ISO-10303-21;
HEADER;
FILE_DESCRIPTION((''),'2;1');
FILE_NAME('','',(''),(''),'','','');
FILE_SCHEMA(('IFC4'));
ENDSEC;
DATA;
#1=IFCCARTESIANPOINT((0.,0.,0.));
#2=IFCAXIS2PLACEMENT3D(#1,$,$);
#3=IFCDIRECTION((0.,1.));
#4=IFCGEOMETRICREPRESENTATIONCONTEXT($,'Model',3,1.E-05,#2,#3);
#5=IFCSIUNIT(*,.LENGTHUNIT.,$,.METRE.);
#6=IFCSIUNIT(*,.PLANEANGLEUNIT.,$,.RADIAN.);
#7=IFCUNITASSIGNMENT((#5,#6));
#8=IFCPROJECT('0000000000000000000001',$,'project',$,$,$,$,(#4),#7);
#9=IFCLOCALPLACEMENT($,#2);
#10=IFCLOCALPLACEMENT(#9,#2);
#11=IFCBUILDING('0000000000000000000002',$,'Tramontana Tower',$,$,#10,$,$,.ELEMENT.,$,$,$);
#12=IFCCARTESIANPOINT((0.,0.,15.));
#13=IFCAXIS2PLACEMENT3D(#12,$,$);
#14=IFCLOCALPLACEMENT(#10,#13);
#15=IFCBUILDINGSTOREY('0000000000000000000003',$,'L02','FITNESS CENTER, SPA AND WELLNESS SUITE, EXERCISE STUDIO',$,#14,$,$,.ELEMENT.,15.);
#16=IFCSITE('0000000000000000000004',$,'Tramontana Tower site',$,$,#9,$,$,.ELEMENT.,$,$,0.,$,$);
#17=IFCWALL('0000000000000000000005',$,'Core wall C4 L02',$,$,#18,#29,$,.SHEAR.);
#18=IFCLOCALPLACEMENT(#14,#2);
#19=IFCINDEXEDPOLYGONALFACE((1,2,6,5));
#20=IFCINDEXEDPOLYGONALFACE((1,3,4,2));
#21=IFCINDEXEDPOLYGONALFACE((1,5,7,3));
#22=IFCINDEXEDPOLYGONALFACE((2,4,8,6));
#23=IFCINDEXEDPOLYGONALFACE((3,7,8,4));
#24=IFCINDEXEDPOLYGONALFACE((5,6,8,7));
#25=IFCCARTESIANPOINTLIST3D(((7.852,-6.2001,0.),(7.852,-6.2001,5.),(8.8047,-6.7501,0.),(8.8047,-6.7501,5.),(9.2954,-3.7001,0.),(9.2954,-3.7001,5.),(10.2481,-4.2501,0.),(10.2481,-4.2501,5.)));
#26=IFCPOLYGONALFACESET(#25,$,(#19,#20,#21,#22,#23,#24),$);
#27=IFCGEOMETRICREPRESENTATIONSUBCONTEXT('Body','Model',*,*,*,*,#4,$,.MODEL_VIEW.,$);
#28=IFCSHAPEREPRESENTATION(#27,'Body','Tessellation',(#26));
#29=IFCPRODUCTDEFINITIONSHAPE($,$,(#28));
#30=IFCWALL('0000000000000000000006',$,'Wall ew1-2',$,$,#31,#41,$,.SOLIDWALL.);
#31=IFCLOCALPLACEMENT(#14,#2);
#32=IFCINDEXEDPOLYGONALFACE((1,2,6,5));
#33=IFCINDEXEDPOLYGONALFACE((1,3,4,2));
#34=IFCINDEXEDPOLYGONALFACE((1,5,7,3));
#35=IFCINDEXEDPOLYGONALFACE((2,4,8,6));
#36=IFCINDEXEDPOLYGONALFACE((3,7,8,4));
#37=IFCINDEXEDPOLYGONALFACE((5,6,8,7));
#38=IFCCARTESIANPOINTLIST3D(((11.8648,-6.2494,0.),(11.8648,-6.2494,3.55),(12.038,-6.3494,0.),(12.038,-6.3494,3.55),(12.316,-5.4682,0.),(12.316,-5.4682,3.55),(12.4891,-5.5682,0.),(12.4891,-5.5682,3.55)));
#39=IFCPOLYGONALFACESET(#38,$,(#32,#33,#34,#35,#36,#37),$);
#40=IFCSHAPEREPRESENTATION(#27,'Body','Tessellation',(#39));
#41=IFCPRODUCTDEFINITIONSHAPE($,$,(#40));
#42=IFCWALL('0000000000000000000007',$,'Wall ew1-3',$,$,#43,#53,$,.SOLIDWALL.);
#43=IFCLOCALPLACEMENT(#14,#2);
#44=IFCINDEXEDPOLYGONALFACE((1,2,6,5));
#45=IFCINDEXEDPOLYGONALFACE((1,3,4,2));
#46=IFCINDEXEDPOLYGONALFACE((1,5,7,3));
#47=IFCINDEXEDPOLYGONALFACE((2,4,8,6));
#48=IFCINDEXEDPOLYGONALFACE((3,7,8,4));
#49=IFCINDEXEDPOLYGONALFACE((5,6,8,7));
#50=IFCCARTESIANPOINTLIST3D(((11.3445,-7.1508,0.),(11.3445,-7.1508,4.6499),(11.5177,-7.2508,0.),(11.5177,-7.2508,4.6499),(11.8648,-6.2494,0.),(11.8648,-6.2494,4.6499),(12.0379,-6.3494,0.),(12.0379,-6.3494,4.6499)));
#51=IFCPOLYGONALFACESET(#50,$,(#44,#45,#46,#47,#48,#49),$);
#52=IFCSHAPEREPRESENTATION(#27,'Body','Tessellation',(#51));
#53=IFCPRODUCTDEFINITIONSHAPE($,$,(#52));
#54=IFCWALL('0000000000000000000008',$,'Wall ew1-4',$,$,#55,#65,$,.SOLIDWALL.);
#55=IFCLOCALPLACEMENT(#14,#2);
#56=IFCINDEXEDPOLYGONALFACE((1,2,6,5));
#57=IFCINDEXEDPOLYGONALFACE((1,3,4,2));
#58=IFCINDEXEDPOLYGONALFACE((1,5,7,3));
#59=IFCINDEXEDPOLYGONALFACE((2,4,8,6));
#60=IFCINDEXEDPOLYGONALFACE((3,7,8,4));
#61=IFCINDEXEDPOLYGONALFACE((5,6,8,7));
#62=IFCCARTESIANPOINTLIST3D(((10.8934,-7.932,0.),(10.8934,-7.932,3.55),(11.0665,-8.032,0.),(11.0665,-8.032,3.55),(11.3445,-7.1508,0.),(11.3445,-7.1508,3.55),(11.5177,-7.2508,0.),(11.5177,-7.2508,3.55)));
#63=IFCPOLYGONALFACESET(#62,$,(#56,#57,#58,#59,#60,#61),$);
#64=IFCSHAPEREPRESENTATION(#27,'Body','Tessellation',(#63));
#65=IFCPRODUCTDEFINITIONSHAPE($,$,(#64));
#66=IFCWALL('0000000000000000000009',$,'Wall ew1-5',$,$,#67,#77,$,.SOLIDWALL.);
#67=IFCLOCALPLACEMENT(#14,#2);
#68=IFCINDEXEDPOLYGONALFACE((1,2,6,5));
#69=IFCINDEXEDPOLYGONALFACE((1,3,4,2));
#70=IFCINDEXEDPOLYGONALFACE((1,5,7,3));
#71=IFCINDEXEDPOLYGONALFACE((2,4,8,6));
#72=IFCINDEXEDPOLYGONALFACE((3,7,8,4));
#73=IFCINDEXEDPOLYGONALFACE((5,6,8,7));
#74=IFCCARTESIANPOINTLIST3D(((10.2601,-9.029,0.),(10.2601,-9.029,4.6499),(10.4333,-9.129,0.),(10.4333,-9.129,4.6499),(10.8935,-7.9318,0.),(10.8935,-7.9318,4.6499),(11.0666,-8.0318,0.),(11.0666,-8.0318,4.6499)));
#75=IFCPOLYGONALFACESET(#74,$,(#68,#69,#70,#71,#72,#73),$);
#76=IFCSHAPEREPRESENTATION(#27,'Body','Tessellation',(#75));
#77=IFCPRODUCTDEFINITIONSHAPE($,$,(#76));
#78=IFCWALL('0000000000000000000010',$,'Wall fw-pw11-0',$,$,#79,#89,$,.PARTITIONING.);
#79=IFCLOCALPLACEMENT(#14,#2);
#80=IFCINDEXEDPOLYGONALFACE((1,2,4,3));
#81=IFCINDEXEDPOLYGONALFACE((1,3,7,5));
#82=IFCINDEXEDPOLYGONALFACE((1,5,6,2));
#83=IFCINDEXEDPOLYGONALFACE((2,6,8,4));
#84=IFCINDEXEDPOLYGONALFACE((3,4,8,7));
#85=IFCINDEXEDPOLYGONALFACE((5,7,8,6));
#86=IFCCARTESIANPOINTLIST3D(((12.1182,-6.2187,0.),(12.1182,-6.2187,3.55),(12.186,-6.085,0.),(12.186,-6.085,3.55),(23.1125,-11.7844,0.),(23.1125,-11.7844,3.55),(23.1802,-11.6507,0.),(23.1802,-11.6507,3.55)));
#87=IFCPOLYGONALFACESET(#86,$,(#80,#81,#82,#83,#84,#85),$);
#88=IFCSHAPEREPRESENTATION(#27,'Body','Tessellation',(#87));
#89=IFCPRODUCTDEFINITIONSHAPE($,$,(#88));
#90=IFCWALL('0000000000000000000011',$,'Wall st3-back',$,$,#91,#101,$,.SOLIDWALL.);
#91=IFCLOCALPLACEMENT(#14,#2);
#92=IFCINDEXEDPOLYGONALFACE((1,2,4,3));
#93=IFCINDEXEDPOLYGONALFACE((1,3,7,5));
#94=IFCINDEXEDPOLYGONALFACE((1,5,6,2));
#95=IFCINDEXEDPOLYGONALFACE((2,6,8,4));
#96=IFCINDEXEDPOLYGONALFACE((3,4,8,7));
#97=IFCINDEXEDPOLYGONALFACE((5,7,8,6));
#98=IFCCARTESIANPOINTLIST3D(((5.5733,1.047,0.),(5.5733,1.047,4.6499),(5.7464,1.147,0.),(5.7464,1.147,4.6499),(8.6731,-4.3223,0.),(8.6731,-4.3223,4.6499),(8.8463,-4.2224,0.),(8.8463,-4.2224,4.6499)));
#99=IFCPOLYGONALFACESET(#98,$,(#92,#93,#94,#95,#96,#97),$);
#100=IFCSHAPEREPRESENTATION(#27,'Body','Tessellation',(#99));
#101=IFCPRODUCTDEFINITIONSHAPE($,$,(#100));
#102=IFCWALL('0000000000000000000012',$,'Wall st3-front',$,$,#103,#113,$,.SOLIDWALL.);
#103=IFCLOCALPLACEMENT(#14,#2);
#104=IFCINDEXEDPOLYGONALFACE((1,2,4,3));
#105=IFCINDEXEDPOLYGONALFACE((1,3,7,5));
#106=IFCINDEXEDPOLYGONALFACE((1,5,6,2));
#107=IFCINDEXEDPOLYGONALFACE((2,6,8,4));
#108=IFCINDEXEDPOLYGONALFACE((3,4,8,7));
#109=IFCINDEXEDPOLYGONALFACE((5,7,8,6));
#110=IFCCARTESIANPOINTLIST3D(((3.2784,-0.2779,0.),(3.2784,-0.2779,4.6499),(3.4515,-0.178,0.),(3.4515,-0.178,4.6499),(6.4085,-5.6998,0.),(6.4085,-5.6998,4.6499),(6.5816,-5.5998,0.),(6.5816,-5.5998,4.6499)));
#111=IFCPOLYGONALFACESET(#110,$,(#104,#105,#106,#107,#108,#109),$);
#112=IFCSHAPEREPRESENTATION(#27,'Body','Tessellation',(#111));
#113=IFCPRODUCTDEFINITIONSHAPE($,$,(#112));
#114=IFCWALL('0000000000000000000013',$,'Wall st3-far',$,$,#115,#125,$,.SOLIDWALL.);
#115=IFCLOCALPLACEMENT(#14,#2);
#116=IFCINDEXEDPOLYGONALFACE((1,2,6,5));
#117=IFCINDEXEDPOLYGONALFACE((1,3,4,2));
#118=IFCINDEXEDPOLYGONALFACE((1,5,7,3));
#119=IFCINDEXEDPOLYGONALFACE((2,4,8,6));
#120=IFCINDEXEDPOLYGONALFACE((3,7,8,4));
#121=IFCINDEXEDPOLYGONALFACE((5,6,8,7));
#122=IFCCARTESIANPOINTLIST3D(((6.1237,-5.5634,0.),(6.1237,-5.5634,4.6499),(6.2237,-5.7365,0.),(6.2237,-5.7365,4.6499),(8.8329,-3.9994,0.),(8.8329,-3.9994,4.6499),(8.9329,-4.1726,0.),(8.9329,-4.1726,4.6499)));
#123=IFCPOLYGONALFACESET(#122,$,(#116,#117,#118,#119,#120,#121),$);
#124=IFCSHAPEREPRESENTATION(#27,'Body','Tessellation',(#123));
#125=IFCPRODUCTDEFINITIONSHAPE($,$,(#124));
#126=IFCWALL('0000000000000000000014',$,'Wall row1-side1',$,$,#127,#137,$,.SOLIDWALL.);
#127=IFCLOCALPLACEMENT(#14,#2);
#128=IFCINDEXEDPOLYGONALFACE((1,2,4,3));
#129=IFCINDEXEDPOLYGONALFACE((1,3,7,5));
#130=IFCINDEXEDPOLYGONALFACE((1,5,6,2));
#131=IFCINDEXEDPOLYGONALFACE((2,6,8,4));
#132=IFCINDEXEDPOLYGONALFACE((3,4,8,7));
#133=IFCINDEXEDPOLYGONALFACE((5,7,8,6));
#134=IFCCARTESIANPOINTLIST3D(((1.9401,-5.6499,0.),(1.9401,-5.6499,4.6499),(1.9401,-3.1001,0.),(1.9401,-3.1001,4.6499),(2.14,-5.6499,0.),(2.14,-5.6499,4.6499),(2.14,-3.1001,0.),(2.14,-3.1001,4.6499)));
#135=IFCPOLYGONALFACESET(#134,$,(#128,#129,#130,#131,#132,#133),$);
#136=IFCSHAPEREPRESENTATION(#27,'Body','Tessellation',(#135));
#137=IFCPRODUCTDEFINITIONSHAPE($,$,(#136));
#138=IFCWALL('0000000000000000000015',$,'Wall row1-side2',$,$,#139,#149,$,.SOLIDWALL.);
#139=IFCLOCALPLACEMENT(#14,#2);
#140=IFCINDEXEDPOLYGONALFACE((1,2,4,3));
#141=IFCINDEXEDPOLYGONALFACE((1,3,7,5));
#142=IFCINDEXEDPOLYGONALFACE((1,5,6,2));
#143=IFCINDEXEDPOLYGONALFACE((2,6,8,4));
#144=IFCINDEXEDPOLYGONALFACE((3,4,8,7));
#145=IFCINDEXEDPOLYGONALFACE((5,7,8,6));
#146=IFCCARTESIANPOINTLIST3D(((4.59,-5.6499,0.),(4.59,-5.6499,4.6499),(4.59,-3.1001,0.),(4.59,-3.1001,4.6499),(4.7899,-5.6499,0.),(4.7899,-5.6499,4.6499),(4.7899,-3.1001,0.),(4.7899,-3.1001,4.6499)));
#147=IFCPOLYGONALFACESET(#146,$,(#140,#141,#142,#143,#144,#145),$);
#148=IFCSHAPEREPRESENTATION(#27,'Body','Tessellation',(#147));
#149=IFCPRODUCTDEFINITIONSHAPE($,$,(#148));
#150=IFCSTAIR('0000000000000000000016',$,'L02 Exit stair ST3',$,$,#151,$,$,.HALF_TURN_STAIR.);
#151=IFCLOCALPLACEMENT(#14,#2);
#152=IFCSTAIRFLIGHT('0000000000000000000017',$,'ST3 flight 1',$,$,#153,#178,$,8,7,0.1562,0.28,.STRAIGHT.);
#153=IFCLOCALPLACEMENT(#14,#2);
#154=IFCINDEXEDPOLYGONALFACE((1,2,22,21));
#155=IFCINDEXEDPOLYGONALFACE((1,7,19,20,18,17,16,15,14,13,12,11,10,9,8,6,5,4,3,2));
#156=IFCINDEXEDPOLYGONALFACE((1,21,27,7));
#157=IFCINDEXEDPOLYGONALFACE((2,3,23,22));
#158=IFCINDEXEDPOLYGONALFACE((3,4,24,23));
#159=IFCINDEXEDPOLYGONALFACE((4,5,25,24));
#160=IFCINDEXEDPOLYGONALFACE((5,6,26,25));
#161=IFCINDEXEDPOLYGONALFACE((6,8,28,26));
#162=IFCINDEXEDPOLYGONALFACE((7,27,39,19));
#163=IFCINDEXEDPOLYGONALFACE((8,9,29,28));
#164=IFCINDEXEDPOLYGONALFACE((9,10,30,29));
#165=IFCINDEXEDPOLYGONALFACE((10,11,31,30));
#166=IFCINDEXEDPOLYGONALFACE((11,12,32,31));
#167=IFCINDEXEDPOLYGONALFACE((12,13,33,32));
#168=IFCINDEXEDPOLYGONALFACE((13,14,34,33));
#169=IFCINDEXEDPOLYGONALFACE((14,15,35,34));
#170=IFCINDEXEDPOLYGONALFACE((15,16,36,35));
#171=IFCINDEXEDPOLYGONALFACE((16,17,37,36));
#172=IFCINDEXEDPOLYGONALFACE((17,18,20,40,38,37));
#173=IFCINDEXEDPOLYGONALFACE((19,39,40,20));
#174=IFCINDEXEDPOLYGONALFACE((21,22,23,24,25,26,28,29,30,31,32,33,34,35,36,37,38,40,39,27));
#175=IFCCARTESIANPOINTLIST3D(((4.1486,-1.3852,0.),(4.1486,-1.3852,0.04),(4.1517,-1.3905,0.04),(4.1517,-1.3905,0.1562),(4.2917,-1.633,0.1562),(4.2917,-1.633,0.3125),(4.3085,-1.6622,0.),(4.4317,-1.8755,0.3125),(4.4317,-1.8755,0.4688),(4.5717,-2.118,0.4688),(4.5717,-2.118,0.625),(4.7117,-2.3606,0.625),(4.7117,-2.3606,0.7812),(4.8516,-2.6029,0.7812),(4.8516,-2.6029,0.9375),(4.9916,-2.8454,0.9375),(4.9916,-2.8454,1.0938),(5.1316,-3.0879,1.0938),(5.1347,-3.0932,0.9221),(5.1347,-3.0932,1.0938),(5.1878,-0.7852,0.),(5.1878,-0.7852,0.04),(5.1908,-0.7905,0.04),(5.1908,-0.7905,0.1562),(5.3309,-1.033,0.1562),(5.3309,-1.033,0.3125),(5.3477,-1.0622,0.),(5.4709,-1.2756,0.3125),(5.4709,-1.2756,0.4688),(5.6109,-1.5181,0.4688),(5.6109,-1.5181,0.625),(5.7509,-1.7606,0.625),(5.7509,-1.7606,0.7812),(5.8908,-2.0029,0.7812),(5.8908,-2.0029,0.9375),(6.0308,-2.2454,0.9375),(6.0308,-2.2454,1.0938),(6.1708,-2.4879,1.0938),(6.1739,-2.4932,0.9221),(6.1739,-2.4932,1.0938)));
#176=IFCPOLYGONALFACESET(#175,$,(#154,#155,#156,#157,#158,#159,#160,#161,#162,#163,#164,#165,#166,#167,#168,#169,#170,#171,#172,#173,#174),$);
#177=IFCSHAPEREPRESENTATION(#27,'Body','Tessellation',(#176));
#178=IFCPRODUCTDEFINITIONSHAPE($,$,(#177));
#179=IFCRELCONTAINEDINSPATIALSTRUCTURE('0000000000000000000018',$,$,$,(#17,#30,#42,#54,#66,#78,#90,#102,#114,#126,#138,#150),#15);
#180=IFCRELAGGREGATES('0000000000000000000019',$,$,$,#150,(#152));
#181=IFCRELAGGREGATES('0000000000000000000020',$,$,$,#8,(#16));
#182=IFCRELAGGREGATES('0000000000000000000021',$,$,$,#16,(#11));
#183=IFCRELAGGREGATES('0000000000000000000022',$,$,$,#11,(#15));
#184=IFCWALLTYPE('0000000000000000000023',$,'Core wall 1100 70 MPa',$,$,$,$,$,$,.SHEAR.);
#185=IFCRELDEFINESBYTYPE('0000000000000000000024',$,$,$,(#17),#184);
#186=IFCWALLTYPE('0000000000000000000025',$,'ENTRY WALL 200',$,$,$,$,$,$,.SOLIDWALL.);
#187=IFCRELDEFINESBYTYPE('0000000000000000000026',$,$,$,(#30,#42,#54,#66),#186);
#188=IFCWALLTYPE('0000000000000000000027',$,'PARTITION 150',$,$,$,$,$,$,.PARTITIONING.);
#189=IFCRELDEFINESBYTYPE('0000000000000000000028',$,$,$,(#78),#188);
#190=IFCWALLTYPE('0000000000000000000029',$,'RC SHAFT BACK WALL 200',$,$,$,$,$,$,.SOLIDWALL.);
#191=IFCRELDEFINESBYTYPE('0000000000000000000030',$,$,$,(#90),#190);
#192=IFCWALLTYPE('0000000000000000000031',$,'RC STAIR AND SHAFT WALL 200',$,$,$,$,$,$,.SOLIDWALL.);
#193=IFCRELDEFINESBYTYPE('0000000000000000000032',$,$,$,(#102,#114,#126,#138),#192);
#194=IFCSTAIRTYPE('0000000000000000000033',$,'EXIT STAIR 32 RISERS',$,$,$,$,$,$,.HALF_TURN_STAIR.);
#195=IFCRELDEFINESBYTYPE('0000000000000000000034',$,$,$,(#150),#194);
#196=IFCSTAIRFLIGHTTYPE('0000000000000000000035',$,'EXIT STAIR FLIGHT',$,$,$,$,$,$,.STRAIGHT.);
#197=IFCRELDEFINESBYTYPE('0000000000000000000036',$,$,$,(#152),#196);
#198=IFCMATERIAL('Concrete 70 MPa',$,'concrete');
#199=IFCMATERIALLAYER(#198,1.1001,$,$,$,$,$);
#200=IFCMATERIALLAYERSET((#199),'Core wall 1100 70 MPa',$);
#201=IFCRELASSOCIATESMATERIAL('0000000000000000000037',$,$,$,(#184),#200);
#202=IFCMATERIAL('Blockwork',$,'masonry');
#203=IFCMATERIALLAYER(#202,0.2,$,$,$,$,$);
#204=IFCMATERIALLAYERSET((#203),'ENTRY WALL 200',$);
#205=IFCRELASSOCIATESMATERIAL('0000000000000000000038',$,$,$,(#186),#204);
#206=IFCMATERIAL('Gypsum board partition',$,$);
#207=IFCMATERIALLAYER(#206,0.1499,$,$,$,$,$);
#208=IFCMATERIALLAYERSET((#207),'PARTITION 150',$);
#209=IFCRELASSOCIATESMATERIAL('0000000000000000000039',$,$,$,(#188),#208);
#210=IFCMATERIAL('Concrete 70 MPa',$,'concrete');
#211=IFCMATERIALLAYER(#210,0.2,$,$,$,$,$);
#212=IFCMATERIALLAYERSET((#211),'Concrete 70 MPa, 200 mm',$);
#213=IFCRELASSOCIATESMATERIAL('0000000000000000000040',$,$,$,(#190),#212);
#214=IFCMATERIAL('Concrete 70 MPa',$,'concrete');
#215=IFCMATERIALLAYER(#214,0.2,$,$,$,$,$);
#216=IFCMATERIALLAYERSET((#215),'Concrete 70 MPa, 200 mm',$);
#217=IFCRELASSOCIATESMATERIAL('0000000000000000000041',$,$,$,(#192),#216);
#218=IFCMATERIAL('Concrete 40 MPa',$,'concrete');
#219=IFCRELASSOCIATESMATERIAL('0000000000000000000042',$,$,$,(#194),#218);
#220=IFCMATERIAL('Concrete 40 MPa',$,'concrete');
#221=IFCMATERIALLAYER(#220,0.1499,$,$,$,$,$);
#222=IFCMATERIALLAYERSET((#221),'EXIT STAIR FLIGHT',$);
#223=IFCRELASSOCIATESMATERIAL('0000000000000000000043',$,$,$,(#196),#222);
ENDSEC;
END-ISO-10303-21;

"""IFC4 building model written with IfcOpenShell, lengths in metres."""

from ifc_helpers import new_model, si_unit, direction, frame, frame_2d, origin, place, context, subcontext, project, spatial, polyline, rectangle, outline, extrude, material, layer, layer_set, type_object, element, aggregate, save


model = new_model("IFC4")

# Units and contexts
model_context = context("Model", 3, precision=1e-05, world=origin(), true_north=direction((0.0, 1.0)))
body_context = subcontext(model_context, "Body", "Model", "MODEL_VIEW")
ifc_project = project(units=[si_unit("LENGTHUNIT", "METRE"), si_unit("PLANEANGLEUNIT", "RADIAN")], contexts=[model_context])

# Site, building, storey
site_placement = place(None, origin())
site = spatial("IfcSite", under=ifc_project, at=site_placement, Name="Tramontana Tower site", CompositionType="ELEMENT", RefElevation=0.0)
building_placement = place(site_placement, origin())
building = spatial("IfcBuilding", under=site, at=building_placement, Name="Tramontana Tower", CompositionType="ELEMENT")
storey_placement = place(building_placement, frame((0.0, 0.0, 15.0)))
storey = spatial("IfcBuildingStorey", under=building, at=storey_placement, Name="L02", Description="FITNESS CENTER, SPA AND WELLNESS SUITE, EXERCISE STUDIO", CompositionType="ELEMENT", Elevation=15.0)

# Wall
ifc_material_1 = material(Name="Concrete 70 MPa", Category="concrete")
ifc_layer_1 = layer(ifc_material_1, 1.1001)
ifc_layer_set_1 = layer_set([ifc_layer_1], Name="Core wall 1100 70 MPa")
wall_type_1 = type_object("IfcWallType", Name="Core wall 1100 70 MPa", PredefinedType="SHEAR", material=ifc_layer_set_1)
wall_1_placement = place(storey_placement, frame((8.3284, -6.4751, 0.0), z_axis=(0.0, 0.0, 1.0), x_axis=(0.499996, 0.866028, 0.0)))
element("IfcWall", 1, at=wall_1_placement, inside=storey, type_object=wall_type_1, Name="Core wall C4 L02", PredefinedType="SHEAR", context=body_context, shape_type="SweptSolid", body=[
    extrude(rectangle(XDim=2.8867, YDim=1.1001, at=frame_2d((1.4434, 0.0))), origin(), (0.0, 0.0, 1.0), 5.0),
])

# Walls
ifc_material_2 = material(Name="Blockwork", Category="masonry")
ifc_layer_2 = layer(ifc_material_2, 0.2)
ifc_layer_set_2 = layer_set([ifc_layer_2], Name="ENTRY WALL 200")
wall_type_2 = type_object("IfcWallType", Name="ENTRY WALL 200", PredefinedType="SOLIDWALL", material=ifc_layer_set_2)
wall_2_placement = place(storey_placement, frame((12.4026, -5.5181, 0.0), z_axis=(0.0, 0.0, 1.0), x_axis=(-0.500097, -0.865969, 0.0)))
element("IfcWall", 2, at=wall_2_placement, inside=storey, type_object=wall_type_2, Name="Wall ew1-2", PredefinedType="SOLIDWALL", context=body_context, shape_type="SweptSolid", body=[
    extrude(rectangle(XDim=0.9021, YDim=0.2, at=frame_2d((0.4512, 0.0))), origin(), (0.0, 0.0, 1.0), 3.55),
])
wall_3_placement = place(storey_placement, frame((11.9514, -6.2993, 0.0), z_axis=(0.0, 0.0, 1.0), x_axis=(-0.499898, -0.866084, 0.0)))
element("IfcWall", 3, at=wall_3_placement, inside=storey, type_object=wall_type_2, Name="Wall ew1-3", PredefinedType="SOLIDWALL", context=body_context, shape_type="SweptSolid", body=[
    extrude(rectangle(XDim=1.0408, YDim=0.2, at=frame_2d((0.5205, 0.0))), origin(), (0.0, 0.0, 1.0), 4.6499),
])
wall_4_placement = place(storey_placement, frame((11.4312, -7.2007, 0.0), z_axis=(0.0, 0.0, 1.0), x_axis=(-0.500097, -0.865969, 0.0)))
element("IfcWall", 4, at=wall_4_placement, inside=storey, type_object=wall_type_2, Name="Wall ew1-4", PredefinedType="SOLIDWALL", context=body_context, shape_type="SweptSolid", body=[
    extrude(rectangle(XDim=0.9021, YDim=0.2, at=frame_2d((0.4512, 0.0))), origin(), (0.0, 0.0, 1.0), 3.55),
])
wall_5_placement = place(storey_placement, frame((10.98, -7.9819, 0.0), z_axis=(0.0, 0.0, 1.0), x_axis=(-0.499912, -0.866076, 0.0)))
element("IfcWall", 5, at=wall_5_placement, inside=storey, type_object=wall_type_2, Name="Wall ew1-5", PredefinedType="SOLIDWALL", context=body_context, shape_type="SweptSolid", body=[
    extrude(rectangle(XDim=1.2668, YDim=0.2, at=frame_2d((0.6333, 0.0))), origin(), (0.0, 0.0, 1.0), 4.6499),
])
ifc_material_3 = material(Name="Gypsum board partition")
ifc_layer_3 = layer(ifc_material_3, 0.1499)
ifc_layer_set_3 = layer_set([ifc_layer_3], Name="PARTITION 150")
wall_type_3 = type_object("IfcWallType", Name="PARTITION 150", PredefinedType="PARTITIONING", material=ifc_layer_set_3)
wall_6_placement = place(storey_placement, frame((12.1521, -6.1519, 0.0), z_axis=(0.0, 0.0, 1.0), x_axis=(0.892189, -0.451662, 0.0)))
element("IfcWall", 6, at=wall_6_placement, inside=storey, type_object=wall_type_3, Name="Wall fw-pw11-0", PredefinedType="PARTITIONING", context=body_context, shape_type="SweptSolid", body=[
    extrude(rectangle(XDim=12.3228, YDim=0.1499, at=frame_2d((6.1614, 0.0))), origin(), (0.0, 0.0, 1.0), 3.55),
])
ifc_material_4 = material(Name="Concrete 70 MPa", Category="concrete")
ifc_layer_4 = layer(ifc_material_4, 0.2)
ifc_layer_set_4 = layer_set([ifc_layer_4], Name="Concrete 70 MPa, 200 mm")
wall_type_4 = type_object("IfcWallType", Name="RC SHAFT BACK WALL 200", PredefinedType="SOLIDWALL", material=ifc_layer_set_4)
wall_7_placement = place(storey_placement, frame((8.7598, -4.2725, 0.0), z_axis=(0.0, 0.0, 1.0), x_axis=(-0.49998, 0.866037, 0.0)))
element("IfcWall", 7, at=wall_7_placement, inside=storey, type_object=wall_type_4, Name="Wall st3-back", PredefinedType="SOLIDWALL", context=body_context, shape_type="SweptSolid", body=[
    extrude(rectangle(XDim=6.2, YDim=0.2, at=frame_2d((3.1001, 0.0))), origin(), (0.0, 0.0, 1.0), 4.6499),
])
ifc_material_5 = material(Name="Concrete 70 MPa", Category="concrete")
ifc_layer_5 = layer(ifc_material_5, 0.2)
ifc_layer_set_5 = layer_set([ifc_layer_5], Name="Concrete 70 MPa, 200 mm")
wall_type_5 = type_object("IfcWallType", Name="RC STAIR AND SHAFT WALL 200", PredefinedType="SOLIDWALL", material=ifc_layer_set_5)
wall_8_placement = place(storey_placement, frame((6.4951, -5.6499, 0.0), z_axis=(0.0, 0.0, 1.0), x_axis=(-0.499977, 0.866039, 0.0)))
element("IfcWall", 8, at=wall_8_placement, inside=storey, type_object=wall_type_5, Name="Wall st3-front", PredefinedType="SOLIDWALL", context=body_context, shape_type="SweptSolid", body=[
    extrude(rectangle(XDim=6.2605, YDim=0.2, at=frame_2d((3.1304, 0.0))), origin(), (0.0, 0.0, 1.0), 4.6499),
])
wall_9_placement = place(storey_placement, frame((6.1738, -5.6499, 0.0), z_axis=(0.0, 0.0, 1.0), x_axis=(0.866054, 0.49995, 0.0)))
element("IfcWall", 9, at=wall_9_placement, inside=storey, type_object=wall_type_5, Name="Wall st3-far", PredefinedType="SOLIDWALL", context=body_context, shape_type="SweptSolid", body=[
    extrude(rectangle(XDim=3.1282, YDim=0.2, at=frame_2d((1.564, 0.0))), origin(), (0.0, 0.0, 1.0), 4.6499),
])
for number, where, z_axis, x_axis, name in (
    (10, (2.04, -3.1001, 0.0), (0.0, 0.0, 1.0), (0.0, -1.0, 0.0), "Wall row1-side1"),
    (11, (4.6899, -3.1001, 0.0), (0.0, 0.0, 1.0), (0.0, -1.0, 0.0), "Wall row1-side2"),
):
    element("IfcWall", number, at=place(storey_placement, frame(where, z_axis=z_axis, x_axis=x_axis)), inside=storey, type_object=wall_type_5, Name=name, PredefinedType="SOLIDWALL", context=body_context, shape_type="SweptSolid", body=[
        extrude(rectangle(XDim=2.5498, YDim=0.2, at=frame_2d((1.2749, 0.0))), origin(), (0.0, 0.0, 1.0), 4.6499),
    ])

# Stair, stair flight
ifc_material_6 = material(Name="Concrete 40 MPa", Category="concrete")
stair_type = type_object("IfcStairType", Name="EXIT STAIR 32 RISERS", PredefinedType="HALF_TURN_STAIR", material=ifc_material_6)
stair_placement = place(storey_placement, origin())
stair = element("IfcStair", 12, at=stair_placement, inside=storey, type_object=stair_type, Name="L02 Exit stair ST3", PredefinedType="HALF_TURN_STAIR")
ifc_material_7 = material(Name="Concrete 40 MPa", Category="concrete")
ifc_layer_6 = layer(ifc_material_7, 0.1499)
ifc_layer_set_6 = layer_set([ifc_layer_6], Name="EXIT STAIR FLIGHT")
stair_flight_type = type_object("IfcStairFlightType", Name="EXIT STAIR FLIGHT", PredefinedType="STRAIGHT", material=ifc_layer_set_6)
stair_flight_1_placement = place(storey_placement, frame((4.6711, -1.0906, 0.0), z_axis=(0.0, 0.0, 1.0), x_axis=(0.5, -0.866025, 0.0)))
stair_flight_1 = element("IfcStairFlight", 13, at=stair_flight_1_placement, type_object=stair_flight_type, Name="ST3 flight 1", NumberOfRisers=8, NumberOfTreads=7, PredefinedType="STRAIGHT", RiserHeight=0.1562, TreadLength=0.28, context=body_context, shape_type="SweptSolid", body=[
    extrude(outline(polyline([(-0.0061, 0.0), (-0.0061, 0.04), (0.0, 0.04), (0.0, 0.1562), (0.28, 0.1562), (0.28, 0.3125), (0.5601, 0.3125), (0.5601, 0.4688), (0.8401, 0.4688), (0.8401, 0.625), (1.1201, 0.625), (1.1201, 0.7812), (1.3999, 0.7812), (1.3999, 0.9375), (1.6799, 0.9375), (1.6799, 1.0938), (1.96, 1.0938), (1.9661, 1.0938), (1.9661, 0.9221), (0.3137, 0.0), (-0.0061, 0.0)])), frame((0.0, 0.6001, 0.0), z_axis=(0.0, -1.0, 0.0), x_axis=(1.0, 0.0, 0.0)), (0.0, 0.0, 1.0), 1.2),
])
aggregate(stair, [stair_flight_1])

save(model, "model.ifc")
